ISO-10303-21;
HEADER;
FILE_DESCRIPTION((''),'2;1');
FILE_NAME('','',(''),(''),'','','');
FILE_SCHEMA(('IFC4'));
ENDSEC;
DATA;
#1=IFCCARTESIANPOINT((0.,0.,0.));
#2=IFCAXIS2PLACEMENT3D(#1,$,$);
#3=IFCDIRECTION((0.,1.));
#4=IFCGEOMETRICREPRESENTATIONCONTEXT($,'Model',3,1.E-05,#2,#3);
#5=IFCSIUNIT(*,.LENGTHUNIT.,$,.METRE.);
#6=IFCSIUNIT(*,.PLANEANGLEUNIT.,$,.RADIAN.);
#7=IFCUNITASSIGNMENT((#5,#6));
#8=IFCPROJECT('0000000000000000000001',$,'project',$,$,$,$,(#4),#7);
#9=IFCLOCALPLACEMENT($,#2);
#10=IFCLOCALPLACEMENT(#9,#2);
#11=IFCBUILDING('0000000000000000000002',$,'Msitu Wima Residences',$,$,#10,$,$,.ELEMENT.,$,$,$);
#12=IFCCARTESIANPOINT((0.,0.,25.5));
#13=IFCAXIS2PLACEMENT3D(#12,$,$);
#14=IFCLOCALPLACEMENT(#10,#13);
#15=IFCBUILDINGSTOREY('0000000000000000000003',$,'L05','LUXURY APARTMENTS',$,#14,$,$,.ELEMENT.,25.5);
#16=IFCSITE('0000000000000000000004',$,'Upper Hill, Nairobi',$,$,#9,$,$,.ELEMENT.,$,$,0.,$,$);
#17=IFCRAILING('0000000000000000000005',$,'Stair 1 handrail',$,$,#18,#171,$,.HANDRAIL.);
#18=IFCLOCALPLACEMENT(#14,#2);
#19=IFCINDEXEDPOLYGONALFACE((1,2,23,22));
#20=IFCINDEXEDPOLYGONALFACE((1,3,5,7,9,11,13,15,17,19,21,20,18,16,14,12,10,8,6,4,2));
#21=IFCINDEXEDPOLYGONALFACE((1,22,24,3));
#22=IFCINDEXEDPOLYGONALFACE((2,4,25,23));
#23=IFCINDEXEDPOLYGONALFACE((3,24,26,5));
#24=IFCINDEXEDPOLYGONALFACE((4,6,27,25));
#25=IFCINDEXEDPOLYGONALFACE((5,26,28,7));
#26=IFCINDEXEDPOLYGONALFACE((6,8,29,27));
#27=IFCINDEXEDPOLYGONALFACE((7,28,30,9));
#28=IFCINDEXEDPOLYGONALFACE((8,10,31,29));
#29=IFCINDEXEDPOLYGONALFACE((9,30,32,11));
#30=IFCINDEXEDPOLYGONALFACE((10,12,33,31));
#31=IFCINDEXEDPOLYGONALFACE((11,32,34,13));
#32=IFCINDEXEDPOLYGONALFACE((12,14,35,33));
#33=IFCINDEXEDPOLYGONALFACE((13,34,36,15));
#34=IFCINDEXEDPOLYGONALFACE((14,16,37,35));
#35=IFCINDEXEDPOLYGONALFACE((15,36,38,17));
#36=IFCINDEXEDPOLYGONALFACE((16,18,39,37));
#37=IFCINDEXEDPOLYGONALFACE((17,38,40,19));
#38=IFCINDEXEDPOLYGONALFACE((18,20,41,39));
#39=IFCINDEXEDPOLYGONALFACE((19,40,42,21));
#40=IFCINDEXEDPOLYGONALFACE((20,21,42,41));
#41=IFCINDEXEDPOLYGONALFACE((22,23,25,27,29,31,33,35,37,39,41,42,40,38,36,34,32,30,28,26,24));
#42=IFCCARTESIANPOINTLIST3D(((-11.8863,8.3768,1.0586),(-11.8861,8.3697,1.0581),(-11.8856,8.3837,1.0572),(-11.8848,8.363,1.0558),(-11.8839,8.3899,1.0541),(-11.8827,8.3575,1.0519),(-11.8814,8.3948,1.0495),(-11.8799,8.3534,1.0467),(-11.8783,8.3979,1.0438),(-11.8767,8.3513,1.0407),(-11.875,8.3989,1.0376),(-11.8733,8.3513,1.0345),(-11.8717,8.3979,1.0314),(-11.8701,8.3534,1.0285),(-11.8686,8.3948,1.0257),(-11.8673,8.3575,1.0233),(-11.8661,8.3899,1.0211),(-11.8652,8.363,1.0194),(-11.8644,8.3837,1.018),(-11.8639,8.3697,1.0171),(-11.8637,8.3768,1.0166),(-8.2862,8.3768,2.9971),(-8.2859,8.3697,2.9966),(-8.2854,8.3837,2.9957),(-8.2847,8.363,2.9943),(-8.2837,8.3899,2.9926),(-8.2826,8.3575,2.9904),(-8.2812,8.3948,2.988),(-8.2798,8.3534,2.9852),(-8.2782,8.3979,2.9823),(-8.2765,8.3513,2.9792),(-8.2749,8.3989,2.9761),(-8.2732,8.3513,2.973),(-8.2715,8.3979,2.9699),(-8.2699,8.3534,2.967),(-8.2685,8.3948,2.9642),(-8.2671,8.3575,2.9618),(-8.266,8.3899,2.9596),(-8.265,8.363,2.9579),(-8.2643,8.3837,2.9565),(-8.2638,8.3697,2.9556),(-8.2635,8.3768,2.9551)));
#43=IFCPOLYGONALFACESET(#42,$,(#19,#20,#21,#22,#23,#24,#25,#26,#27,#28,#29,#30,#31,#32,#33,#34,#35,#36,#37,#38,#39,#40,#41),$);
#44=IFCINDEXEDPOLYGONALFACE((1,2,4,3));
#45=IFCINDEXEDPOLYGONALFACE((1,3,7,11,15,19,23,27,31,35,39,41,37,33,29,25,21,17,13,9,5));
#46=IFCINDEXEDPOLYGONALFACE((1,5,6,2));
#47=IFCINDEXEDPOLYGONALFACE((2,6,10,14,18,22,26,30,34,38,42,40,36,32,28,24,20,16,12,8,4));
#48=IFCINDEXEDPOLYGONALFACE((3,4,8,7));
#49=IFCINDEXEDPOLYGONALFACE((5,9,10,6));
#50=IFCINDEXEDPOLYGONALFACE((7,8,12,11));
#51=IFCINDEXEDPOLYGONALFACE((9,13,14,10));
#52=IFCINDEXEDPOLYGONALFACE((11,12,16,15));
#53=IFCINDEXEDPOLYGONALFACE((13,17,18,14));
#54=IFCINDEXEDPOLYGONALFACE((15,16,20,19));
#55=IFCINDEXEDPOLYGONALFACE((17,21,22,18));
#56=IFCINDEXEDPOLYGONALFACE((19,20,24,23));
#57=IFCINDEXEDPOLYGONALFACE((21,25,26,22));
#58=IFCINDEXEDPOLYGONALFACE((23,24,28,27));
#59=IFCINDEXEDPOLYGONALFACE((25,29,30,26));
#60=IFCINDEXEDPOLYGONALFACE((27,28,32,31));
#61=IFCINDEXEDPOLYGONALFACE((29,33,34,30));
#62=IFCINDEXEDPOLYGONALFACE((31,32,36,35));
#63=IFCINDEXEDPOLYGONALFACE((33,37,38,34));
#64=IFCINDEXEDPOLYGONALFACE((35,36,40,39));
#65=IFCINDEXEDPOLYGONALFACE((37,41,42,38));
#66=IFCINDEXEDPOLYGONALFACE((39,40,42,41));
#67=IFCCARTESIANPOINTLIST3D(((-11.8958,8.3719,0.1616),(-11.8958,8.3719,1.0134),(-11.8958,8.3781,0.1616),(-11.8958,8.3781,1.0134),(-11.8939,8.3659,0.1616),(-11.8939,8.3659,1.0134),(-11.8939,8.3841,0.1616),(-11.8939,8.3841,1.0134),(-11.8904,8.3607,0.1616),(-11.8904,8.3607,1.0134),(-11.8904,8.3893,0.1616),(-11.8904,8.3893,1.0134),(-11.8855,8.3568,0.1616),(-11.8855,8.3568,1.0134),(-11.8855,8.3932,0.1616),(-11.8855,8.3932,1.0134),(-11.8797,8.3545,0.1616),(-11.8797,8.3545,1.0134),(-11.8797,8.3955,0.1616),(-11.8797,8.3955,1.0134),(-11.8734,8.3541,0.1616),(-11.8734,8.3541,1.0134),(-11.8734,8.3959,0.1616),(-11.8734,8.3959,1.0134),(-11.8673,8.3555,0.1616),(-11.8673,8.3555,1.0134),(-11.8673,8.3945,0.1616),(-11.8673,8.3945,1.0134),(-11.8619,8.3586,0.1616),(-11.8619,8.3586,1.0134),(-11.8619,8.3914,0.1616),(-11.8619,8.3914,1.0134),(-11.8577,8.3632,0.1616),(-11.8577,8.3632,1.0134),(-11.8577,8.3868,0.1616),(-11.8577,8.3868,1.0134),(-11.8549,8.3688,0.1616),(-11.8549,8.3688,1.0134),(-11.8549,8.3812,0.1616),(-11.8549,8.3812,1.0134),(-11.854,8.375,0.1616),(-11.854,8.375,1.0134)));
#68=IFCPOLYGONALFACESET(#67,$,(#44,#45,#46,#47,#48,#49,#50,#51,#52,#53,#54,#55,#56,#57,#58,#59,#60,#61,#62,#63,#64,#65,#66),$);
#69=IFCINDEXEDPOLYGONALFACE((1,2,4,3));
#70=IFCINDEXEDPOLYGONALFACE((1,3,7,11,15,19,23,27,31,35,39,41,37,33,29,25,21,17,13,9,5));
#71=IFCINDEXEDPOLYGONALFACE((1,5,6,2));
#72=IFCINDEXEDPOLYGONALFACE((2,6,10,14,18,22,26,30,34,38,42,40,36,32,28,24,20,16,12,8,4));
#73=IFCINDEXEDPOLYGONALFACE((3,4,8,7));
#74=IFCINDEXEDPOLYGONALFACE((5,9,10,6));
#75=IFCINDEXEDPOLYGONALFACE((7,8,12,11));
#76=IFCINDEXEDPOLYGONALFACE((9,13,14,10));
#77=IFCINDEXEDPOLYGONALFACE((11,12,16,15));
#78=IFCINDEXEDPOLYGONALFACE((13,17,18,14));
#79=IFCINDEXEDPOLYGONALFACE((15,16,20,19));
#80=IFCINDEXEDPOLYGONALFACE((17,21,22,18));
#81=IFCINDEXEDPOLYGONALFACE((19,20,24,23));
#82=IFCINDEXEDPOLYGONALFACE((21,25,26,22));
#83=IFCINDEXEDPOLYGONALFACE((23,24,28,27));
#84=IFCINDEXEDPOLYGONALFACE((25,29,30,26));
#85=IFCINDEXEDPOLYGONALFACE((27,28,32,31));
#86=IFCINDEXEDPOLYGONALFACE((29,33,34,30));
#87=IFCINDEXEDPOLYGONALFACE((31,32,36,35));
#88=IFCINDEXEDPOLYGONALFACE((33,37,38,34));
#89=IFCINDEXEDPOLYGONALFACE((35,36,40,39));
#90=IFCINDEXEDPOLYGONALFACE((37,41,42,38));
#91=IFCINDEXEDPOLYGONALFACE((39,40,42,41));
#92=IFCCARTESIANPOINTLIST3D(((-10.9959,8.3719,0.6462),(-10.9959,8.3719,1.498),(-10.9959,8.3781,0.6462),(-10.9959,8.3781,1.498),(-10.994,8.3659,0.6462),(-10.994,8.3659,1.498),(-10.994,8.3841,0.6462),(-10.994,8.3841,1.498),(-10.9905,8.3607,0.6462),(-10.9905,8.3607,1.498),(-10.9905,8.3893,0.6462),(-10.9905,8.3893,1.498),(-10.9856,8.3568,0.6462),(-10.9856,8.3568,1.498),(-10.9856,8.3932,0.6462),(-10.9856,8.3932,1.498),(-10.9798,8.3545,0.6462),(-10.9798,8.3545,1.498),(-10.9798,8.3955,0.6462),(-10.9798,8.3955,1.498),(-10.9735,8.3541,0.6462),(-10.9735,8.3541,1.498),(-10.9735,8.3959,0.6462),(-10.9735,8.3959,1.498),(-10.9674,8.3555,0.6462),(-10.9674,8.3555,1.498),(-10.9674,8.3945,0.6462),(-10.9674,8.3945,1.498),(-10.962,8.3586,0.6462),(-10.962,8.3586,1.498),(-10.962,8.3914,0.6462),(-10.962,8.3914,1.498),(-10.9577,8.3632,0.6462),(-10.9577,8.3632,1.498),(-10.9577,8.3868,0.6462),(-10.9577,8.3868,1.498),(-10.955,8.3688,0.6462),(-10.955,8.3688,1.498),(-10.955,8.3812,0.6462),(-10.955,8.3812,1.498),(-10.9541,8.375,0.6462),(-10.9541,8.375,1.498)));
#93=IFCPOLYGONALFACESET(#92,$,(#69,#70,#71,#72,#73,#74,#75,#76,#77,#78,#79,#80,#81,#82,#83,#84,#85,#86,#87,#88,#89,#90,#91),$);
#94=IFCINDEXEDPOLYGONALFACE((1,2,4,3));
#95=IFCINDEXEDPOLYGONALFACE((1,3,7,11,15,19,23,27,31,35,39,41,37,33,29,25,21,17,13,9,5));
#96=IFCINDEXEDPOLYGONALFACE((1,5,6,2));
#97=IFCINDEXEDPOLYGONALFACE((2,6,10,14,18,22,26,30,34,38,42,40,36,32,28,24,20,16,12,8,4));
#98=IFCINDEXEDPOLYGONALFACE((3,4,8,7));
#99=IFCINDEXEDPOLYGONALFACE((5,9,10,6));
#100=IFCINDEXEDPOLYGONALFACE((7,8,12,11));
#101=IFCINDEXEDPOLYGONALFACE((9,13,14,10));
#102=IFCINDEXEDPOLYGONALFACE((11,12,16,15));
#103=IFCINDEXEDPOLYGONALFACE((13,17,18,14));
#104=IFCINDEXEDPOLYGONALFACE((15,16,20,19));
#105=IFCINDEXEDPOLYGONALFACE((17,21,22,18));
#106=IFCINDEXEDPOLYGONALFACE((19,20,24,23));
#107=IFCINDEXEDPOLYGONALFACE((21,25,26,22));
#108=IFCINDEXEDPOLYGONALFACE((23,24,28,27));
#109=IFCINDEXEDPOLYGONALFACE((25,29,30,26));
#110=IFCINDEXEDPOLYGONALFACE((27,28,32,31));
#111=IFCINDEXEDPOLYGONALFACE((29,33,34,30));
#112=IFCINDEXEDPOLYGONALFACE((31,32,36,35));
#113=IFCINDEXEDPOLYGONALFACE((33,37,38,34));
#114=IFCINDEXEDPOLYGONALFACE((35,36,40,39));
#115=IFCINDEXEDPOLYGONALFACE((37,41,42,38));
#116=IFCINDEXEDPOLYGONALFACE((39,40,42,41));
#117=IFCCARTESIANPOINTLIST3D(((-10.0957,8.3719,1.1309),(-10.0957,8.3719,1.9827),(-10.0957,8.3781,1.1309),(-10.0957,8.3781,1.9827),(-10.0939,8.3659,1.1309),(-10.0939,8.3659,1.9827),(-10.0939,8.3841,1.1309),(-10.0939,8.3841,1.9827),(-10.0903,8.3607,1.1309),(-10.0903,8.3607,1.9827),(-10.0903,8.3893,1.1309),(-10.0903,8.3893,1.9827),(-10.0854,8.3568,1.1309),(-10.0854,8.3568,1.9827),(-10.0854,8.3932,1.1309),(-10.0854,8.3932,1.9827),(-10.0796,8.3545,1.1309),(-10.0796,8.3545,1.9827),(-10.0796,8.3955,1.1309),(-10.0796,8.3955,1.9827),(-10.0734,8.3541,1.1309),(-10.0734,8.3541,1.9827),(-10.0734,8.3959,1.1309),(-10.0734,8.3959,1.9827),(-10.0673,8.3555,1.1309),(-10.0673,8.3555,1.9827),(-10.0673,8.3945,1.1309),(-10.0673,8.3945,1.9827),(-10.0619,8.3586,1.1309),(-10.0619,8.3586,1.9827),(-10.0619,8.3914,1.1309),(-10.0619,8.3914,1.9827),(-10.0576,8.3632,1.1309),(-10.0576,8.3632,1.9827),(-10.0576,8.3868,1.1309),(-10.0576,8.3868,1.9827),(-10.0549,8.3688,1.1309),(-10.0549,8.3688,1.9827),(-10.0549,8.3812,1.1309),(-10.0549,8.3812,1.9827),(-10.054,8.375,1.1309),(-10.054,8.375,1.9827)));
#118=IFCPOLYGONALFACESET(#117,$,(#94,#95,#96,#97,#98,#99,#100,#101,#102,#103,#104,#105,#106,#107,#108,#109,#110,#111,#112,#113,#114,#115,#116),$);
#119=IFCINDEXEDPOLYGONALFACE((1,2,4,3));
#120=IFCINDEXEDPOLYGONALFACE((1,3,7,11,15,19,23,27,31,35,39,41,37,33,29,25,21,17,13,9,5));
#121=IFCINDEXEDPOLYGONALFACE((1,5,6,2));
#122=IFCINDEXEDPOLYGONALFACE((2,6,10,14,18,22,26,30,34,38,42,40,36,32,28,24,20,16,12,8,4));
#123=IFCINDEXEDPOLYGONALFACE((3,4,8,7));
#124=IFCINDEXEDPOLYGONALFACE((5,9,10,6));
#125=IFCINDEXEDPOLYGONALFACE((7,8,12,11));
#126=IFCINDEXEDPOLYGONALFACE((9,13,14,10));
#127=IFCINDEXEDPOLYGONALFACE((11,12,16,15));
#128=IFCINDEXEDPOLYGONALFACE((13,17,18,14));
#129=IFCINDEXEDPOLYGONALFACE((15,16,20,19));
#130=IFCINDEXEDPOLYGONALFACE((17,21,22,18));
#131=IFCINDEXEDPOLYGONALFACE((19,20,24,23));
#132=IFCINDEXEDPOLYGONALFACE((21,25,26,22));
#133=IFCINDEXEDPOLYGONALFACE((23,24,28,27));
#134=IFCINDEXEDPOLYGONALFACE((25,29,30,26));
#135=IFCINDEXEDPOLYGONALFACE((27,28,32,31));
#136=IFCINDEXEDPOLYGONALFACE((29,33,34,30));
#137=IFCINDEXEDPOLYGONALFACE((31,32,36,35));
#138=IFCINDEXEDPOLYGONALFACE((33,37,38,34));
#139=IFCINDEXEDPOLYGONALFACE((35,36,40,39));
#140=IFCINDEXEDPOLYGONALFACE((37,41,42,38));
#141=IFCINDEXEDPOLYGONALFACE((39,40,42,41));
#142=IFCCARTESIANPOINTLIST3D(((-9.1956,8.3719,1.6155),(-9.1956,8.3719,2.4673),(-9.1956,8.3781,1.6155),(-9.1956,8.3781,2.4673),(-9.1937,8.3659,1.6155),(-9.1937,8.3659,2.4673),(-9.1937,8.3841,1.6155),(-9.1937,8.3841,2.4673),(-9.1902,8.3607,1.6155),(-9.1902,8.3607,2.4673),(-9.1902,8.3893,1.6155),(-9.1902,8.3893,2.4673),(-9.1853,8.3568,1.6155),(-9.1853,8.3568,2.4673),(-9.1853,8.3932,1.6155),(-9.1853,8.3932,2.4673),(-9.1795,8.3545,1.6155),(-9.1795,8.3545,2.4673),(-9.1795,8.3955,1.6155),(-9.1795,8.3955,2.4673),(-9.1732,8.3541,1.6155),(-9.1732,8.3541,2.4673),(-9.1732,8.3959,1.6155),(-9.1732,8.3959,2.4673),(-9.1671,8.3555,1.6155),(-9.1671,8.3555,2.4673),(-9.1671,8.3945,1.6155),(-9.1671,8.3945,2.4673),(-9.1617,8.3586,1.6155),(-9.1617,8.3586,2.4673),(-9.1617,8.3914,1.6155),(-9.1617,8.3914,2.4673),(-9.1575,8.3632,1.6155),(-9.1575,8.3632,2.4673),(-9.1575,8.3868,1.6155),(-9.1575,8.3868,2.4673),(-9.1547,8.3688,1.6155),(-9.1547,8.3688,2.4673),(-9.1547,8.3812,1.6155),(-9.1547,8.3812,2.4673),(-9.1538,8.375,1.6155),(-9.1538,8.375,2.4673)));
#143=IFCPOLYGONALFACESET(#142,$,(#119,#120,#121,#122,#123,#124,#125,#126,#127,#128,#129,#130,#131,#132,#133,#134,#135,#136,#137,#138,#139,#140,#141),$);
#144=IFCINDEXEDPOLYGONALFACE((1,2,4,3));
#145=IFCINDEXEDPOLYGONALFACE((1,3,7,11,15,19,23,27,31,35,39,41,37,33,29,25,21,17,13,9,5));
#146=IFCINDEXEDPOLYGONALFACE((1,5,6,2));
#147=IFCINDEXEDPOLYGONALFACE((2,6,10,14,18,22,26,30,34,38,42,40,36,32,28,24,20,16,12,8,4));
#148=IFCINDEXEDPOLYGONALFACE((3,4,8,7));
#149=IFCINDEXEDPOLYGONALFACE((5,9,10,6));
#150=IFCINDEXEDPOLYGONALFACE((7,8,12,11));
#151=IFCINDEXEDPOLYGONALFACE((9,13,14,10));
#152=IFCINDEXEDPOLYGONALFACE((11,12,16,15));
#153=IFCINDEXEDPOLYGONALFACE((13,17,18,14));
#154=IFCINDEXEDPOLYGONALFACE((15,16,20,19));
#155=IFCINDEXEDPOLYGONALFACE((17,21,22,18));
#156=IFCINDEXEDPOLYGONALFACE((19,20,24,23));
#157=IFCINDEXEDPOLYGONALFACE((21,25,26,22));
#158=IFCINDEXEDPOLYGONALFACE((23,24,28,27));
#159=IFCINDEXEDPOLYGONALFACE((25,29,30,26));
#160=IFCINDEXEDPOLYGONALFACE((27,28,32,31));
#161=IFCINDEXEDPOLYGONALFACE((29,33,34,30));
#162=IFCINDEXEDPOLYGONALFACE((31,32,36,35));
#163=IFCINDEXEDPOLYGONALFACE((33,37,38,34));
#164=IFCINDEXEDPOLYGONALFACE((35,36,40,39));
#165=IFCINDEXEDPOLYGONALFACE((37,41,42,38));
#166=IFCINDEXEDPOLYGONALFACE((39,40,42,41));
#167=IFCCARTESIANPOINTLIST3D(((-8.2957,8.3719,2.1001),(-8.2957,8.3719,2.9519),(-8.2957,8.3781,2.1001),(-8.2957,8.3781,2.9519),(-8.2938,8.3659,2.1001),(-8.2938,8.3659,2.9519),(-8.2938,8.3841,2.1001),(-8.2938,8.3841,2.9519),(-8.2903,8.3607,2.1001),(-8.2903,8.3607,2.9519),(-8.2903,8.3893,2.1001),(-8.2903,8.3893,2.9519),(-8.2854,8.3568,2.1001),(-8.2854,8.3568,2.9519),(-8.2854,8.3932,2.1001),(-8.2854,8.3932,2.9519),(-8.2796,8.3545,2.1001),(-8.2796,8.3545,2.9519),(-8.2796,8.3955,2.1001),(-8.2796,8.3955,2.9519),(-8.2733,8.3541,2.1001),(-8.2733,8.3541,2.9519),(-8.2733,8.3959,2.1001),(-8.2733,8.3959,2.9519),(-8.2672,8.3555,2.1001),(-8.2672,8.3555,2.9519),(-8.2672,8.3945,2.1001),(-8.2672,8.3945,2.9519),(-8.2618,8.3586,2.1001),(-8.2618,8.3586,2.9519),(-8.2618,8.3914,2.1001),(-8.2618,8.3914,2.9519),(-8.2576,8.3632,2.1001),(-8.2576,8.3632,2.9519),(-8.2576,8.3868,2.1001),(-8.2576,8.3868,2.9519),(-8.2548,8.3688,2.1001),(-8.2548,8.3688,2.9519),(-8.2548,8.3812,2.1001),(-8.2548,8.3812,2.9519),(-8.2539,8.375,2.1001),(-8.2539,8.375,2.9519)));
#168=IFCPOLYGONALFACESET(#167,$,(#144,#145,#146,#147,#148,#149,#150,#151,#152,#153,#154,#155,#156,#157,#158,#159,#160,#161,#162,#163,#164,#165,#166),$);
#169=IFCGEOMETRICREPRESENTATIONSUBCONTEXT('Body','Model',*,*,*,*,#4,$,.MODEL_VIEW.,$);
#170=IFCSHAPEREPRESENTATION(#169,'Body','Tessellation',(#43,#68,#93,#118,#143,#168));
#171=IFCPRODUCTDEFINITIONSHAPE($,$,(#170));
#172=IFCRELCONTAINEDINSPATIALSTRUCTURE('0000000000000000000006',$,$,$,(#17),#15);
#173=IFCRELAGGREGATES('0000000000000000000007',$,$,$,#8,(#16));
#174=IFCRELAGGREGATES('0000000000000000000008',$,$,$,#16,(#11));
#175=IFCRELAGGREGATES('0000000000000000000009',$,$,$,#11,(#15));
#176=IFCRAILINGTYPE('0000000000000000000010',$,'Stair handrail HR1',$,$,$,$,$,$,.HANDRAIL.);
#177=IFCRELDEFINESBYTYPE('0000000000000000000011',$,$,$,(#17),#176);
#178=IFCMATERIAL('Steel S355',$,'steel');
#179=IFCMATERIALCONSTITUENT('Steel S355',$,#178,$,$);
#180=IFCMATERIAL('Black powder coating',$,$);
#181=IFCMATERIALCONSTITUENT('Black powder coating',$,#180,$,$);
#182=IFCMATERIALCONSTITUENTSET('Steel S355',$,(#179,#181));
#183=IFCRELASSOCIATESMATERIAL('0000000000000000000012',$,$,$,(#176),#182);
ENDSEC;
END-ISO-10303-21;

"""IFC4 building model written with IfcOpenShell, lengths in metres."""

from ifc_helpers import new_model, si_unit, direction, frame, origin, origin_2d, place, context, subcontext, project, spatial, circle, extrude, material, constituent, constituent_set, type_object, element, save


model = new_model("IFC4")

# Units and contexts
model_context = context("Model", 3, precision=1e-05, world=origin(), true_north=direction((0.0, 1.0)))
body_context = subcontext(model_context, "Body", "Model", "MODEL_VIEW")
ifc_project = project(units=[si_unit("LENGTHUNIT", "METRE"), si_unit("PLANEANGLEUNIT", "RADIAN")], contexts=[model_context])

# Site, building, storey
site_placement = place(None, origin())
site = spatial("IfcSite", under=ifc_project, at=site_placement, Name="Upper Hill, Nairobi", CompositionType="ELEMENT", RefElevation=0.0)
building_placement = place(site_placement, origin())
building = spatial("IfcBuilding", under=site, at=building_placement, Name="Msitu Wima Residences", CompositionType="ELEMENT")
storey_placement = place(building_placement, frame((0.0, 0.0, 25.5)))
storey = spatial("IfcBuildingStorey", under=building, at=storey_placement, Name="L05", Description="LUXURY APARTMENTS", CompositionType="ELEMENT", Elevation=25.5)

# Railing
ifc_material_1 = material(Name="Steel S355", Category="steel")
ifc_constituent_1 = constituent(ifc_material_1, Name="Steel S355")
ifc_material_2 = material(Name="Black powder coating")
ifc_constituent_2 = constituent(ifc_material_2, Name="Black powder coating")
ifc_constituent_set = constituent_set(constituents=[ifc_constituent_1, ifc_constituent_2], Name="Steel S355")
railing_type = type_object("IfcRailingType", Name="Stair handrail HR1", PredefinedType="HANDRAIL", material=ifc_constituent_set)
for number, where, name in (
    (1, (-11.875, 8.375, 0.1616), "Stair 1 handrail"),
):
    element("IfcRailing", number, at=place(storey_placement, frame(where)), inside=storey, type_object=railing_type, Name=name, PredefinedType="HANDRAIL", context=body_context, shape_type="SweptSolid", body=[
        extrude(circle(Radius=0.0239, at=origin_2d()), frame((0.0, 0.0, 0.876), z_axis=(0.880475, 0.0, 0.474093), x_axis=(0.0, 1.0, 0.0)), (0.0, 0.0, 1.0), 4.0889),
        extrude(circle(Radius=0.021, at=origin_2d()), origin(), (0.0, 0.0, 1.0), 0.8518),
        extrude(circle(Radius=0.021, at=origin_2d()), frame((0.8999, 0.0, 0.4846)), (0.0, 0.0, 1.0), 0.8518),
        extrude(circle(Radius=0.021, at=origin_2d()), frame((1.8, 0.0, 0.9692)), (0.0, 0.0, 1.0), 0.8518),
        extrude(circle(Radius=0.021, at=origin_2d()), frame((2.7002, 0.0, 1.4539)), (0.0, 0.0, 1.0), 0.8518),
        extrude(circle(Radius=0.021, at=origin_2d()), frame((3.6001, 0.0, 1.9385)), (0.0, 0.0, 1.0), 0.8518),
    ])

save(model, "model.ifc")
